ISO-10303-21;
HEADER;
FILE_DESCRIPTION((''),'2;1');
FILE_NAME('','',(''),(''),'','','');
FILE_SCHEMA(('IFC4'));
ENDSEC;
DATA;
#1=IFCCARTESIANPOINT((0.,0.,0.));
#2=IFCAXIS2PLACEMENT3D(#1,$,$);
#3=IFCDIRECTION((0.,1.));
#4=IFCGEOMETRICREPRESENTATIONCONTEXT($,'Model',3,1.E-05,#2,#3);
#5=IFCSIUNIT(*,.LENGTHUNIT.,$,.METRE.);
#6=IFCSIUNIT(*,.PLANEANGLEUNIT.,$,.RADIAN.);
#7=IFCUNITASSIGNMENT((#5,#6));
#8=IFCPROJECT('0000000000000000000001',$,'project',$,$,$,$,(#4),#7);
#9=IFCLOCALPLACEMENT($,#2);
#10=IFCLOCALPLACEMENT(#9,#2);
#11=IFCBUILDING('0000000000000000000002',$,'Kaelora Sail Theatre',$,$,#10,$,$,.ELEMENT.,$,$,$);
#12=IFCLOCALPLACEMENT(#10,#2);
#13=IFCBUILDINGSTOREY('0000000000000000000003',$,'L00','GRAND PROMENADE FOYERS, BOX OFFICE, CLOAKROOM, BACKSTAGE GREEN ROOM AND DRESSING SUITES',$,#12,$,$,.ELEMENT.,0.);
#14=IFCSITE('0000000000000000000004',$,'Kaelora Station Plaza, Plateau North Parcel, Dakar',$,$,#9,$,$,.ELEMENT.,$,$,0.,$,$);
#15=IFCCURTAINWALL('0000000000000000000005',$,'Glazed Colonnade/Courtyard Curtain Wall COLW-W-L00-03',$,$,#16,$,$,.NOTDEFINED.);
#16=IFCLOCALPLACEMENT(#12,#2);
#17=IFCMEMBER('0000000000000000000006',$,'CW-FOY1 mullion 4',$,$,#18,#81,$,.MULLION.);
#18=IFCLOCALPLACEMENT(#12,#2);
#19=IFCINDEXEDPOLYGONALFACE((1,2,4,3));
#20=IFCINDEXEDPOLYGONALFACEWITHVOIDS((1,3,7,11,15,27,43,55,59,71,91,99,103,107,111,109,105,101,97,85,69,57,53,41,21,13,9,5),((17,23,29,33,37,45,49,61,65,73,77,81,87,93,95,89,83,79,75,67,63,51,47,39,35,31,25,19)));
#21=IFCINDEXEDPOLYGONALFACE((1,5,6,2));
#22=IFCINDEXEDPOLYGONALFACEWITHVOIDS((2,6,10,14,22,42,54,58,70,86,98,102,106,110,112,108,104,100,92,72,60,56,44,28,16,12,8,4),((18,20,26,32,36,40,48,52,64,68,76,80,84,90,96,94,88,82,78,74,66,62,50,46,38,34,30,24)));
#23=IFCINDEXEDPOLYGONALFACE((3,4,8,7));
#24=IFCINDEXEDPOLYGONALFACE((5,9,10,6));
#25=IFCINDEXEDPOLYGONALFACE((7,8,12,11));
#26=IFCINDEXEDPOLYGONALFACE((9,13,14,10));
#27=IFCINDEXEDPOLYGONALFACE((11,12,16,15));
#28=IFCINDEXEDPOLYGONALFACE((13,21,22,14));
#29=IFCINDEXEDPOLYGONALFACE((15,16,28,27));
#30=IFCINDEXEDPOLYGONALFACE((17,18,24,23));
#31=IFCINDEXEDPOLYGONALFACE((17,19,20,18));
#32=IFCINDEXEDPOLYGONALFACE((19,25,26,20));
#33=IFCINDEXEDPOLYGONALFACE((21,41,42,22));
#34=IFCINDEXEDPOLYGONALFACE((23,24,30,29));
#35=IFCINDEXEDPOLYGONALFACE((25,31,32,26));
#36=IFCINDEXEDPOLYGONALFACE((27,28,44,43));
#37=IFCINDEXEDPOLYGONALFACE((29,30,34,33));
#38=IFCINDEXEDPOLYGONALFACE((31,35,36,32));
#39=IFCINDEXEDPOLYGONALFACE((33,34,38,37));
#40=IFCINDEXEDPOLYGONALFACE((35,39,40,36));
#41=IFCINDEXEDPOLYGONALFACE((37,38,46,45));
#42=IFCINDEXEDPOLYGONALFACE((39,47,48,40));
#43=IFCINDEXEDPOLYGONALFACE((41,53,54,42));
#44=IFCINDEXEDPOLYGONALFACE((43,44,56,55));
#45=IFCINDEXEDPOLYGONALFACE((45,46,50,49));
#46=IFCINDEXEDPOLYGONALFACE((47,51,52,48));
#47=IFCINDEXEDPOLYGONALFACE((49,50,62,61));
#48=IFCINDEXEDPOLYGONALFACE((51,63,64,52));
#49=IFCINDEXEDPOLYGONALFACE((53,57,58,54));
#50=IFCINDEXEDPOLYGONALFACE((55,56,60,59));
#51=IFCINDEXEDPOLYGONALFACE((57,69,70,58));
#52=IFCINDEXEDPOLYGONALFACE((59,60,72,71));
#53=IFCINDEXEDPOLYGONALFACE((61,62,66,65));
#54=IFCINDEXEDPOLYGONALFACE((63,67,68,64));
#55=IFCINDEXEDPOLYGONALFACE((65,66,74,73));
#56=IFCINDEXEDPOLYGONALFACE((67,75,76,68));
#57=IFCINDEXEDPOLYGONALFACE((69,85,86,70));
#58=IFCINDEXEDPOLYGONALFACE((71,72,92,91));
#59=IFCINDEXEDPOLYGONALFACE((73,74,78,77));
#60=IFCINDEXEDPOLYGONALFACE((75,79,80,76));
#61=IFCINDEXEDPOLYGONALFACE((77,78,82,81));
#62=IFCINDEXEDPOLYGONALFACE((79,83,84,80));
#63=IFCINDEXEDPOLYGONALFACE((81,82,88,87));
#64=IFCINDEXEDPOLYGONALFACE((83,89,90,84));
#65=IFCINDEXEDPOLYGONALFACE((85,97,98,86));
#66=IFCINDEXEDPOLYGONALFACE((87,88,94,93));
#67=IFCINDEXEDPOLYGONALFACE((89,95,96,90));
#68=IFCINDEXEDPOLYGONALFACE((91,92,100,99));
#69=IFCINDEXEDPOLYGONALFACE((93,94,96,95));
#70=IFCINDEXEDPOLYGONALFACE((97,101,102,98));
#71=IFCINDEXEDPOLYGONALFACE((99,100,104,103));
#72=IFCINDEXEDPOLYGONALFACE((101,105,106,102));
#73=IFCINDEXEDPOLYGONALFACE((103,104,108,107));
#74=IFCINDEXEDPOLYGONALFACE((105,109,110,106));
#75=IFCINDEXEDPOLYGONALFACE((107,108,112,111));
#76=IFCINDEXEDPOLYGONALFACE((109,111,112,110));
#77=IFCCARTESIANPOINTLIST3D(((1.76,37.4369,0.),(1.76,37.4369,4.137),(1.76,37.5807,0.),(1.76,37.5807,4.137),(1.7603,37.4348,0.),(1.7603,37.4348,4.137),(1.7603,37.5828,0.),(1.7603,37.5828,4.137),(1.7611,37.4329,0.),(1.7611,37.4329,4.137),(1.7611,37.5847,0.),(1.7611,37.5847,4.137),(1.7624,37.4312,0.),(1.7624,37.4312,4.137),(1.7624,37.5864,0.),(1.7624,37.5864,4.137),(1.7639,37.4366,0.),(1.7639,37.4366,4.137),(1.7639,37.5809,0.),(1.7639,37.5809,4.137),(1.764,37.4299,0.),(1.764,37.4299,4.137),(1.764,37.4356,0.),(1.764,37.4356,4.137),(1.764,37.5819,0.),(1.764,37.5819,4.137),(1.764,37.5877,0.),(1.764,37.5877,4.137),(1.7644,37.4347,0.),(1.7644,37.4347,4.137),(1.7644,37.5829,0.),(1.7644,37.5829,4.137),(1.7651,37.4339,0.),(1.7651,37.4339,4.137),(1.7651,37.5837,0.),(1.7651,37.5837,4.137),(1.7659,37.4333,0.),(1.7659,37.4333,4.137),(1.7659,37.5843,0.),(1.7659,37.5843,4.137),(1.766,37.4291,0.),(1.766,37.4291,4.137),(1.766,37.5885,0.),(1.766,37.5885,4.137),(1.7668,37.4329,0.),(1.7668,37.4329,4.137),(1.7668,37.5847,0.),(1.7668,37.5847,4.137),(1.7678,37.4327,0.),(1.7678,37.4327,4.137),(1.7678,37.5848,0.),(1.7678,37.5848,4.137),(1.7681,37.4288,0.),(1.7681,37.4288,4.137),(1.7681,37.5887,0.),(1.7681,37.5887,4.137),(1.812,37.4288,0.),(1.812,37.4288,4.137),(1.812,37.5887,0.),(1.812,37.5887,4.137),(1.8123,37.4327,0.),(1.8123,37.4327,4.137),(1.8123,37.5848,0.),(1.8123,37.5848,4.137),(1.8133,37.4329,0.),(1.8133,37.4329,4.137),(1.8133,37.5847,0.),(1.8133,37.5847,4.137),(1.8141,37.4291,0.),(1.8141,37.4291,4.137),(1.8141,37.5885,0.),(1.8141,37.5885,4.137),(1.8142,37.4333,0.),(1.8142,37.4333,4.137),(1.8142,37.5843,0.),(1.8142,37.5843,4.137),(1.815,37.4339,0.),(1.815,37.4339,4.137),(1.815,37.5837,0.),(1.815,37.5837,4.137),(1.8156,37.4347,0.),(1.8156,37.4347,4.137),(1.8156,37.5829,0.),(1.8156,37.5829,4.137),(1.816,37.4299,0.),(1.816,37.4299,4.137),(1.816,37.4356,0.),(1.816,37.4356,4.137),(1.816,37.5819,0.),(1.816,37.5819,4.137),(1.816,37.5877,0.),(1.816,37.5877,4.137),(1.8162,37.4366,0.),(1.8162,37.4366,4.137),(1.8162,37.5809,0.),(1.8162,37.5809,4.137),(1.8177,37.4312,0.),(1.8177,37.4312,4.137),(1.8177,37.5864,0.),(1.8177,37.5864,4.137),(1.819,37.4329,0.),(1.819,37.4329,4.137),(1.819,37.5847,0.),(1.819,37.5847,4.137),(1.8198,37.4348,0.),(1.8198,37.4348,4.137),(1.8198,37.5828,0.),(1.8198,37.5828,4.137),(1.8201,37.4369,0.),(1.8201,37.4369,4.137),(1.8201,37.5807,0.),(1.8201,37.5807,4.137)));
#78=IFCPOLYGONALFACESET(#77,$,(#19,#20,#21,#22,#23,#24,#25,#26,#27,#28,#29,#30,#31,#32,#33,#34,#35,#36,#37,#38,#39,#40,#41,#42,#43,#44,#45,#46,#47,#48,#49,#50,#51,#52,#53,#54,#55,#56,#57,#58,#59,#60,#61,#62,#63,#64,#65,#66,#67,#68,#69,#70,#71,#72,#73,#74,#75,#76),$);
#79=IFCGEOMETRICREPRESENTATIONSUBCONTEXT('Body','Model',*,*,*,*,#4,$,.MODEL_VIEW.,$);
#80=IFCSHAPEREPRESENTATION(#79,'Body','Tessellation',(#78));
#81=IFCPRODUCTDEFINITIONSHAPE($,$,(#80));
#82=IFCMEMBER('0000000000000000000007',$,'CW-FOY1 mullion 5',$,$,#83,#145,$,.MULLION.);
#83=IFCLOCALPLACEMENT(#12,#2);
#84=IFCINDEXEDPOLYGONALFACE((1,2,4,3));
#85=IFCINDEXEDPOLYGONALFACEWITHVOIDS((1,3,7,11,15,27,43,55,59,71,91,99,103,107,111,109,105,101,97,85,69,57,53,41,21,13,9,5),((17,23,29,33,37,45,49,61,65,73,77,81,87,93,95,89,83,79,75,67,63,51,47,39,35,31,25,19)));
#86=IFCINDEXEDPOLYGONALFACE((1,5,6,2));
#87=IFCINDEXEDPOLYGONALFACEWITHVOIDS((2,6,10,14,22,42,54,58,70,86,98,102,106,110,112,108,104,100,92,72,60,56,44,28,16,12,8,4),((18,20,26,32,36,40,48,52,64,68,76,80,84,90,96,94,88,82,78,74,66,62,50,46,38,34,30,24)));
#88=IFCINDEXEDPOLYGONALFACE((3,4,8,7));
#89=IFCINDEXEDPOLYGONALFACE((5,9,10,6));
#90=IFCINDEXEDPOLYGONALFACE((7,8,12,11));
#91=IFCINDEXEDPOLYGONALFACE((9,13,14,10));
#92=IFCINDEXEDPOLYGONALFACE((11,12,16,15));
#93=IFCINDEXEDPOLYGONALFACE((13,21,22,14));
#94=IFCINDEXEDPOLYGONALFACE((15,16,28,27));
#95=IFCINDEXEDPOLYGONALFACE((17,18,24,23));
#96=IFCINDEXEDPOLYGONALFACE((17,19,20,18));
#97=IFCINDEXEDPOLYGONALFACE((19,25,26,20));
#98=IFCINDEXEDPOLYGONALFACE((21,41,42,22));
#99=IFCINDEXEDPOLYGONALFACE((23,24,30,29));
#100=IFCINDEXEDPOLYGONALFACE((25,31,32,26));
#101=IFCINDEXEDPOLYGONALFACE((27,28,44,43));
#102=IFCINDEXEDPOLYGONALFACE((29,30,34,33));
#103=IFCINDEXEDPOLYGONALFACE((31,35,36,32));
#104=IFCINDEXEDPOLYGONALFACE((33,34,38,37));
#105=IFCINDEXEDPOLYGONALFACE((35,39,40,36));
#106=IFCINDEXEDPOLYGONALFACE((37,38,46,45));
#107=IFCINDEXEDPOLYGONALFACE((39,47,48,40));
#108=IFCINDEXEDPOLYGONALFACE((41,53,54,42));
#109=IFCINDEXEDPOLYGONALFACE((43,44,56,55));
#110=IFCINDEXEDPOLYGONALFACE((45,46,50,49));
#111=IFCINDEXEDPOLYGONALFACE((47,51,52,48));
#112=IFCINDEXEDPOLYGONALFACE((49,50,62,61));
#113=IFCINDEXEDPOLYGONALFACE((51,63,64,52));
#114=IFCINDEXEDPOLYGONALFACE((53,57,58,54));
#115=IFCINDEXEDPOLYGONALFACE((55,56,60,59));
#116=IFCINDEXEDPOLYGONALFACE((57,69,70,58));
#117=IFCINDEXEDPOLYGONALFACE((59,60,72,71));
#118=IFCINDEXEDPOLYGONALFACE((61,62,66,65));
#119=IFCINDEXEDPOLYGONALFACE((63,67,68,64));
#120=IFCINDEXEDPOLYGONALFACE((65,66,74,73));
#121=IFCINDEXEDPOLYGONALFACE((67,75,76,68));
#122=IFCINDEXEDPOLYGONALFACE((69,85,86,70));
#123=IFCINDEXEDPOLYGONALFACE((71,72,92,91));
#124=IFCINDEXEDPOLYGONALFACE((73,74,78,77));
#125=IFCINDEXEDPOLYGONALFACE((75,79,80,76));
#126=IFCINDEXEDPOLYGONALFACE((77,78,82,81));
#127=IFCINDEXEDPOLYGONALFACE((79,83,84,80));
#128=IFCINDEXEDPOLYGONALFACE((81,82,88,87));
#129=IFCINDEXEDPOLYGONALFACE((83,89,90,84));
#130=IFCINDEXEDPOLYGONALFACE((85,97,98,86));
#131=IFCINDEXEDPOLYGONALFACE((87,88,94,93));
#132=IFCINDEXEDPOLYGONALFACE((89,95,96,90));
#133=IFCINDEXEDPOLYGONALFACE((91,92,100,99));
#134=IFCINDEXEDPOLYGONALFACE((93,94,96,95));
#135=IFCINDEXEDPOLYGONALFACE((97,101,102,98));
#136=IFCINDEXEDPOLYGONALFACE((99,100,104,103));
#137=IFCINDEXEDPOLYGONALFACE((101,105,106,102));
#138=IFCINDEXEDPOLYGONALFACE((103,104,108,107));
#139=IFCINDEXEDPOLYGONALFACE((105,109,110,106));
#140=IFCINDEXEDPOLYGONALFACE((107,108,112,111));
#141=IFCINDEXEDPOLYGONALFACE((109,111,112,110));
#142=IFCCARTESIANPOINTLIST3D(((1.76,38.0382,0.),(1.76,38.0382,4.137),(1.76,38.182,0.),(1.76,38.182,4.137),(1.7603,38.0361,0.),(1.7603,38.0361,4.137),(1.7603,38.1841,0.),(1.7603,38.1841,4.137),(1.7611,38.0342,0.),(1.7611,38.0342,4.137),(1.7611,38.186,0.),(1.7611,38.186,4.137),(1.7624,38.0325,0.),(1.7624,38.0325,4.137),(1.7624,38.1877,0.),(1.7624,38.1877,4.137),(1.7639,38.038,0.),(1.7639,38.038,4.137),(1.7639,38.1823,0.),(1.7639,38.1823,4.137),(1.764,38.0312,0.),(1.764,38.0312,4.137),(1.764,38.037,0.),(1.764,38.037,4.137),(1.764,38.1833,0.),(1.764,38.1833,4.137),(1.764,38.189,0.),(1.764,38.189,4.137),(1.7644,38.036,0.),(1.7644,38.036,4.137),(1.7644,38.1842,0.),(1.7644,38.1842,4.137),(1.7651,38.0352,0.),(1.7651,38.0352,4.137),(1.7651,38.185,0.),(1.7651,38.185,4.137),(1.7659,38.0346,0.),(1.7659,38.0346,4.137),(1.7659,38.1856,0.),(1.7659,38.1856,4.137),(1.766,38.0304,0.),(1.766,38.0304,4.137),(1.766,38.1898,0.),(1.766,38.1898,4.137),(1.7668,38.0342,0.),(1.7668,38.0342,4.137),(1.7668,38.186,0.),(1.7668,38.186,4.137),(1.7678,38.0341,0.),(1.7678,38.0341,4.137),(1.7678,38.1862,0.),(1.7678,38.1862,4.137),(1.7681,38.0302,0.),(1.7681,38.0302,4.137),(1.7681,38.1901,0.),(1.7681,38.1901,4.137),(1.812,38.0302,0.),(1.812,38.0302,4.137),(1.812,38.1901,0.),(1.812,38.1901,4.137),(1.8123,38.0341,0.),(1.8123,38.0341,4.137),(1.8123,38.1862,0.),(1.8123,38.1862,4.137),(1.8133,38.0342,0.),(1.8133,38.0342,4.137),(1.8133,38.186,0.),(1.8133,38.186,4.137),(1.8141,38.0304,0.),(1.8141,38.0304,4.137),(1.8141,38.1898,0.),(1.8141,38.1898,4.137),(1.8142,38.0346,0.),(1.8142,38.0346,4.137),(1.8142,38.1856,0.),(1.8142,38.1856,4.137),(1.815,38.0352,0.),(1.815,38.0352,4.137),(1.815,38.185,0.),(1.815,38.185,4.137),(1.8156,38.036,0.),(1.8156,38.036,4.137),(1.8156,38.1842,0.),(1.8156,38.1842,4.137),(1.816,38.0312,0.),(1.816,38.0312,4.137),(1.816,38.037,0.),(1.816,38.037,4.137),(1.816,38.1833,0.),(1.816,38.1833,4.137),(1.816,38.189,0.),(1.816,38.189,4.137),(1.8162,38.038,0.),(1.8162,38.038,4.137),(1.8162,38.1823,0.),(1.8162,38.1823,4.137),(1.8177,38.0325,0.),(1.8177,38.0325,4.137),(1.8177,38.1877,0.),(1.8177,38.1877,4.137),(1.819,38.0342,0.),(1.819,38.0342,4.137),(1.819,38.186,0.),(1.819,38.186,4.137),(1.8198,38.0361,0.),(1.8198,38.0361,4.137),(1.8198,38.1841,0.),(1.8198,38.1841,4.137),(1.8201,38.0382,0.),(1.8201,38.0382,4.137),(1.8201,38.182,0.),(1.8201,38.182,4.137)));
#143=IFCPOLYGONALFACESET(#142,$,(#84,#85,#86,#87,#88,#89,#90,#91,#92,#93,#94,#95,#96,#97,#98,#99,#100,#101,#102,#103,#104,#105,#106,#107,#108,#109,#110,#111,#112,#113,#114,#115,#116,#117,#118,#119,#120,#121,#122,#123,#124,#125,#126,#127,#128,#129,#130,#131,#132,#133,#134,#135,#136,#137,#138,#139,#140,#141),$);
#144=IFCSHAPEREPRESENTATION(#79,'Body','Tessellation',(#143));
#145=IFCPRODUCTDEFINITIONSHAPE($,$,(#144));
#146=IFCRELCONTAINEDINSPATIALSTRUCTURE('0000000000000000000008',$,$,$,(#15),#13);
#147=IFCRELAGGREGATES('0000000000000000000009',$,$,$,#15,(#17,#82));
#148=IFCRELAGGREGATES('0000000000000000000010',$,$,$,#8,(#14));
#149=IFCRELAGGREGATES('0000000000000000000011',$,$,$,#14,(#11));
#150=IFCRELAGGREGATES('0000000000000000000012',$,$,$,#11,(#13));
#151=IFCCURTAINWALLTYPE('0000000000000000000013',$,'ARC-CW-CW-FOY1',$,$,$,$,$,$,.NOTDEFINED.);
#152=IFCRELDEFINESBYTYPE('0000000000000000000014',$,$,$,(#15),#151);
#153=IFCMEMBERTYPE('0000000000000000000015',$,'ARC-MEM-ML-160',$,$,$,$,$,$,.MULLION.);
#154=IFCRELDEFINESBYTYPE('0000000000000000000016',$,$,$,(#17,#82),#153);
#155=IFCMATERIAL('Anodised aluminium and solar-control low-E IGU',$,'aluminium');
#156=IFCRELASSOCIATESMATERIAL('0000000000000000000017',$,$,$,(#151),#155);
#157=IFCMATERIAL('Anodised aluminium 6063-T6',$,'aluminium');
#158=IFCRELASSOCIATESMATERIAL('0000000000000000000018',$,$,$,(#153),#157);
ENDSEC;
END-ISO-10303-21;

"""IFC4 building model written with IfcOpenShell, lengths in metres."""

from ifc_helpers import new_model, si_unit, direction, frame, origin, origin_2d, place, context, subcontext, project, spatial, hollow_rectangle, extrude, material, material_profile, profile_set, type_object, element, aggregate, save


model = new_model("IFC4")

# Units and contexts
model_context = context("Model", 3, precision=1e-05, world=origin(), true_north=direction((0.0, 1.0)))
body_context = subcontext(model_context, "Body", "Model", "MODEL_VIEW")
ifc_project = project(units=[si_unit("LENGTHUNIT", "METRE"), si_unit("PLANEANGLEUNIT", "RADIAN")], contexts=[model_context])

# Site, building, storey
site_placement = place(None, origin())
site = spatial("IfcSite", under=ifc_project, at=site_placement, Name="Kaelora Station Plaza, Plateau North Parcel, Dakar", CompositionType="ELEMENT", RefElevation=0.0)
building_placement = place(site_placement, origin())
building = spatial("IfcBuilding", under=site, at=building_placement, Name="Kaelora Sail Theatre", CompositionType="ELEMENT")
storey_placement = place(building_placement, origin())
storey = spatial("IfcBuildingStorey", under=building, at=storey_placement, Name="L00", Description="GRAND PROMENADE FOYERS, BOX OFFICE, CLOAKROOM, BACKSTAGE GREEN ROOM AND DRESSING SUITES", CompositionType="ELEMENT", Elevation=0.0)

# Curtain wall, members
ifc_material_1 = material(Name="Anodised aluminium and solar-control low-E IGU", Category="aluminium")
curtain_wall_type = type_object("IfcCurtainWallType", Name="ARC-CW-CW-FOY1", PredefinedType="NOTDEFINED", material=ifc_material_1)
curtain_wall_1_placement = place(storey_placement, origin())
curtain_wall_1 = element("IfcCurtainWall", 1, at=curtain_wall_1_placement, inside=storey, type_object=curtain_wall_type, Name="Glazed Colonnade/Courtyard Curtain Wall COLW-W-L00-03", PredefinedType="NOTDEFINED")
ifc_material_2 = material(Name="Anodised aluminium 6063-T6", Category="aluminium")
ifc_material_profile_1 = material_profile(ifc_material_2, hollow_rectangle(XDim=0.0601, YDim=0.1599, WallThickness=0.0039, InnerFilletRadius=0.0039, OuterFilletRadius=0.0081, at=origin_2d()), Name="ALU-MULL 60x160x4")
ifc_profile_set_1 = profile_set([ifc_material_profile_1], Name="Anodised aluminium 6063-T6")
member_type_1 = type_object("IfcMemberType", Name="ARC-MEM-ML-160", PredefinedType="MULLION", material=ifc_profile_set_1)
member_1_placement = place(storey_placement, frame((1.79, 37.5088, 0.0), z_axis=(0.0, 0.0, 1.0), x_axis=(-1.0, 0.0, 0.0)))
member_1 = element("IfcMember", 2, at=member_1_placement, type_object=member_type_1, Name="CW-FOY1 mullion 4", PredefinedType="MULLION", context=body_context, shape_type="SweptSolid", body=[
    extrude(hollow_rectangle(XDim=0.0601, YDim=0.1599, WallThickness=0.0039, InnerFilletRadius=0.0039, OuterFilletRadius=0.0081, at=origin_2d()), origin(), (0.0, 0.0, 1.0), 4.137),
])
member_2_placement = place(storey_placement, frame((1.79, 38.1101, 0.0), z_axis=(0.0, 0.0, 1.0), x_axis=(-1.0, 0.0, 0.0)))
member_2 = element("IfcMember", 3, at=member_2_placement, type_object=member_type_1, Name="CW-FOY1 mullion 5", PredefinedType="MULLION", context=body_context, shape_type="SweptSolid", body=[
    extrude(hollow_rectangle(XDim=0.0601, YDim=0.1599, WallThickness=0.0039, InnerFilletRadius=0.0039, OuterFilletRadius=0.0081, at=origin_2d()), origin(), (0.0, 0.0, 1.0), 4.137),
])

aggregate(curtain_wall_1, [member_1, member_2])

save(model, "model.ifc")
